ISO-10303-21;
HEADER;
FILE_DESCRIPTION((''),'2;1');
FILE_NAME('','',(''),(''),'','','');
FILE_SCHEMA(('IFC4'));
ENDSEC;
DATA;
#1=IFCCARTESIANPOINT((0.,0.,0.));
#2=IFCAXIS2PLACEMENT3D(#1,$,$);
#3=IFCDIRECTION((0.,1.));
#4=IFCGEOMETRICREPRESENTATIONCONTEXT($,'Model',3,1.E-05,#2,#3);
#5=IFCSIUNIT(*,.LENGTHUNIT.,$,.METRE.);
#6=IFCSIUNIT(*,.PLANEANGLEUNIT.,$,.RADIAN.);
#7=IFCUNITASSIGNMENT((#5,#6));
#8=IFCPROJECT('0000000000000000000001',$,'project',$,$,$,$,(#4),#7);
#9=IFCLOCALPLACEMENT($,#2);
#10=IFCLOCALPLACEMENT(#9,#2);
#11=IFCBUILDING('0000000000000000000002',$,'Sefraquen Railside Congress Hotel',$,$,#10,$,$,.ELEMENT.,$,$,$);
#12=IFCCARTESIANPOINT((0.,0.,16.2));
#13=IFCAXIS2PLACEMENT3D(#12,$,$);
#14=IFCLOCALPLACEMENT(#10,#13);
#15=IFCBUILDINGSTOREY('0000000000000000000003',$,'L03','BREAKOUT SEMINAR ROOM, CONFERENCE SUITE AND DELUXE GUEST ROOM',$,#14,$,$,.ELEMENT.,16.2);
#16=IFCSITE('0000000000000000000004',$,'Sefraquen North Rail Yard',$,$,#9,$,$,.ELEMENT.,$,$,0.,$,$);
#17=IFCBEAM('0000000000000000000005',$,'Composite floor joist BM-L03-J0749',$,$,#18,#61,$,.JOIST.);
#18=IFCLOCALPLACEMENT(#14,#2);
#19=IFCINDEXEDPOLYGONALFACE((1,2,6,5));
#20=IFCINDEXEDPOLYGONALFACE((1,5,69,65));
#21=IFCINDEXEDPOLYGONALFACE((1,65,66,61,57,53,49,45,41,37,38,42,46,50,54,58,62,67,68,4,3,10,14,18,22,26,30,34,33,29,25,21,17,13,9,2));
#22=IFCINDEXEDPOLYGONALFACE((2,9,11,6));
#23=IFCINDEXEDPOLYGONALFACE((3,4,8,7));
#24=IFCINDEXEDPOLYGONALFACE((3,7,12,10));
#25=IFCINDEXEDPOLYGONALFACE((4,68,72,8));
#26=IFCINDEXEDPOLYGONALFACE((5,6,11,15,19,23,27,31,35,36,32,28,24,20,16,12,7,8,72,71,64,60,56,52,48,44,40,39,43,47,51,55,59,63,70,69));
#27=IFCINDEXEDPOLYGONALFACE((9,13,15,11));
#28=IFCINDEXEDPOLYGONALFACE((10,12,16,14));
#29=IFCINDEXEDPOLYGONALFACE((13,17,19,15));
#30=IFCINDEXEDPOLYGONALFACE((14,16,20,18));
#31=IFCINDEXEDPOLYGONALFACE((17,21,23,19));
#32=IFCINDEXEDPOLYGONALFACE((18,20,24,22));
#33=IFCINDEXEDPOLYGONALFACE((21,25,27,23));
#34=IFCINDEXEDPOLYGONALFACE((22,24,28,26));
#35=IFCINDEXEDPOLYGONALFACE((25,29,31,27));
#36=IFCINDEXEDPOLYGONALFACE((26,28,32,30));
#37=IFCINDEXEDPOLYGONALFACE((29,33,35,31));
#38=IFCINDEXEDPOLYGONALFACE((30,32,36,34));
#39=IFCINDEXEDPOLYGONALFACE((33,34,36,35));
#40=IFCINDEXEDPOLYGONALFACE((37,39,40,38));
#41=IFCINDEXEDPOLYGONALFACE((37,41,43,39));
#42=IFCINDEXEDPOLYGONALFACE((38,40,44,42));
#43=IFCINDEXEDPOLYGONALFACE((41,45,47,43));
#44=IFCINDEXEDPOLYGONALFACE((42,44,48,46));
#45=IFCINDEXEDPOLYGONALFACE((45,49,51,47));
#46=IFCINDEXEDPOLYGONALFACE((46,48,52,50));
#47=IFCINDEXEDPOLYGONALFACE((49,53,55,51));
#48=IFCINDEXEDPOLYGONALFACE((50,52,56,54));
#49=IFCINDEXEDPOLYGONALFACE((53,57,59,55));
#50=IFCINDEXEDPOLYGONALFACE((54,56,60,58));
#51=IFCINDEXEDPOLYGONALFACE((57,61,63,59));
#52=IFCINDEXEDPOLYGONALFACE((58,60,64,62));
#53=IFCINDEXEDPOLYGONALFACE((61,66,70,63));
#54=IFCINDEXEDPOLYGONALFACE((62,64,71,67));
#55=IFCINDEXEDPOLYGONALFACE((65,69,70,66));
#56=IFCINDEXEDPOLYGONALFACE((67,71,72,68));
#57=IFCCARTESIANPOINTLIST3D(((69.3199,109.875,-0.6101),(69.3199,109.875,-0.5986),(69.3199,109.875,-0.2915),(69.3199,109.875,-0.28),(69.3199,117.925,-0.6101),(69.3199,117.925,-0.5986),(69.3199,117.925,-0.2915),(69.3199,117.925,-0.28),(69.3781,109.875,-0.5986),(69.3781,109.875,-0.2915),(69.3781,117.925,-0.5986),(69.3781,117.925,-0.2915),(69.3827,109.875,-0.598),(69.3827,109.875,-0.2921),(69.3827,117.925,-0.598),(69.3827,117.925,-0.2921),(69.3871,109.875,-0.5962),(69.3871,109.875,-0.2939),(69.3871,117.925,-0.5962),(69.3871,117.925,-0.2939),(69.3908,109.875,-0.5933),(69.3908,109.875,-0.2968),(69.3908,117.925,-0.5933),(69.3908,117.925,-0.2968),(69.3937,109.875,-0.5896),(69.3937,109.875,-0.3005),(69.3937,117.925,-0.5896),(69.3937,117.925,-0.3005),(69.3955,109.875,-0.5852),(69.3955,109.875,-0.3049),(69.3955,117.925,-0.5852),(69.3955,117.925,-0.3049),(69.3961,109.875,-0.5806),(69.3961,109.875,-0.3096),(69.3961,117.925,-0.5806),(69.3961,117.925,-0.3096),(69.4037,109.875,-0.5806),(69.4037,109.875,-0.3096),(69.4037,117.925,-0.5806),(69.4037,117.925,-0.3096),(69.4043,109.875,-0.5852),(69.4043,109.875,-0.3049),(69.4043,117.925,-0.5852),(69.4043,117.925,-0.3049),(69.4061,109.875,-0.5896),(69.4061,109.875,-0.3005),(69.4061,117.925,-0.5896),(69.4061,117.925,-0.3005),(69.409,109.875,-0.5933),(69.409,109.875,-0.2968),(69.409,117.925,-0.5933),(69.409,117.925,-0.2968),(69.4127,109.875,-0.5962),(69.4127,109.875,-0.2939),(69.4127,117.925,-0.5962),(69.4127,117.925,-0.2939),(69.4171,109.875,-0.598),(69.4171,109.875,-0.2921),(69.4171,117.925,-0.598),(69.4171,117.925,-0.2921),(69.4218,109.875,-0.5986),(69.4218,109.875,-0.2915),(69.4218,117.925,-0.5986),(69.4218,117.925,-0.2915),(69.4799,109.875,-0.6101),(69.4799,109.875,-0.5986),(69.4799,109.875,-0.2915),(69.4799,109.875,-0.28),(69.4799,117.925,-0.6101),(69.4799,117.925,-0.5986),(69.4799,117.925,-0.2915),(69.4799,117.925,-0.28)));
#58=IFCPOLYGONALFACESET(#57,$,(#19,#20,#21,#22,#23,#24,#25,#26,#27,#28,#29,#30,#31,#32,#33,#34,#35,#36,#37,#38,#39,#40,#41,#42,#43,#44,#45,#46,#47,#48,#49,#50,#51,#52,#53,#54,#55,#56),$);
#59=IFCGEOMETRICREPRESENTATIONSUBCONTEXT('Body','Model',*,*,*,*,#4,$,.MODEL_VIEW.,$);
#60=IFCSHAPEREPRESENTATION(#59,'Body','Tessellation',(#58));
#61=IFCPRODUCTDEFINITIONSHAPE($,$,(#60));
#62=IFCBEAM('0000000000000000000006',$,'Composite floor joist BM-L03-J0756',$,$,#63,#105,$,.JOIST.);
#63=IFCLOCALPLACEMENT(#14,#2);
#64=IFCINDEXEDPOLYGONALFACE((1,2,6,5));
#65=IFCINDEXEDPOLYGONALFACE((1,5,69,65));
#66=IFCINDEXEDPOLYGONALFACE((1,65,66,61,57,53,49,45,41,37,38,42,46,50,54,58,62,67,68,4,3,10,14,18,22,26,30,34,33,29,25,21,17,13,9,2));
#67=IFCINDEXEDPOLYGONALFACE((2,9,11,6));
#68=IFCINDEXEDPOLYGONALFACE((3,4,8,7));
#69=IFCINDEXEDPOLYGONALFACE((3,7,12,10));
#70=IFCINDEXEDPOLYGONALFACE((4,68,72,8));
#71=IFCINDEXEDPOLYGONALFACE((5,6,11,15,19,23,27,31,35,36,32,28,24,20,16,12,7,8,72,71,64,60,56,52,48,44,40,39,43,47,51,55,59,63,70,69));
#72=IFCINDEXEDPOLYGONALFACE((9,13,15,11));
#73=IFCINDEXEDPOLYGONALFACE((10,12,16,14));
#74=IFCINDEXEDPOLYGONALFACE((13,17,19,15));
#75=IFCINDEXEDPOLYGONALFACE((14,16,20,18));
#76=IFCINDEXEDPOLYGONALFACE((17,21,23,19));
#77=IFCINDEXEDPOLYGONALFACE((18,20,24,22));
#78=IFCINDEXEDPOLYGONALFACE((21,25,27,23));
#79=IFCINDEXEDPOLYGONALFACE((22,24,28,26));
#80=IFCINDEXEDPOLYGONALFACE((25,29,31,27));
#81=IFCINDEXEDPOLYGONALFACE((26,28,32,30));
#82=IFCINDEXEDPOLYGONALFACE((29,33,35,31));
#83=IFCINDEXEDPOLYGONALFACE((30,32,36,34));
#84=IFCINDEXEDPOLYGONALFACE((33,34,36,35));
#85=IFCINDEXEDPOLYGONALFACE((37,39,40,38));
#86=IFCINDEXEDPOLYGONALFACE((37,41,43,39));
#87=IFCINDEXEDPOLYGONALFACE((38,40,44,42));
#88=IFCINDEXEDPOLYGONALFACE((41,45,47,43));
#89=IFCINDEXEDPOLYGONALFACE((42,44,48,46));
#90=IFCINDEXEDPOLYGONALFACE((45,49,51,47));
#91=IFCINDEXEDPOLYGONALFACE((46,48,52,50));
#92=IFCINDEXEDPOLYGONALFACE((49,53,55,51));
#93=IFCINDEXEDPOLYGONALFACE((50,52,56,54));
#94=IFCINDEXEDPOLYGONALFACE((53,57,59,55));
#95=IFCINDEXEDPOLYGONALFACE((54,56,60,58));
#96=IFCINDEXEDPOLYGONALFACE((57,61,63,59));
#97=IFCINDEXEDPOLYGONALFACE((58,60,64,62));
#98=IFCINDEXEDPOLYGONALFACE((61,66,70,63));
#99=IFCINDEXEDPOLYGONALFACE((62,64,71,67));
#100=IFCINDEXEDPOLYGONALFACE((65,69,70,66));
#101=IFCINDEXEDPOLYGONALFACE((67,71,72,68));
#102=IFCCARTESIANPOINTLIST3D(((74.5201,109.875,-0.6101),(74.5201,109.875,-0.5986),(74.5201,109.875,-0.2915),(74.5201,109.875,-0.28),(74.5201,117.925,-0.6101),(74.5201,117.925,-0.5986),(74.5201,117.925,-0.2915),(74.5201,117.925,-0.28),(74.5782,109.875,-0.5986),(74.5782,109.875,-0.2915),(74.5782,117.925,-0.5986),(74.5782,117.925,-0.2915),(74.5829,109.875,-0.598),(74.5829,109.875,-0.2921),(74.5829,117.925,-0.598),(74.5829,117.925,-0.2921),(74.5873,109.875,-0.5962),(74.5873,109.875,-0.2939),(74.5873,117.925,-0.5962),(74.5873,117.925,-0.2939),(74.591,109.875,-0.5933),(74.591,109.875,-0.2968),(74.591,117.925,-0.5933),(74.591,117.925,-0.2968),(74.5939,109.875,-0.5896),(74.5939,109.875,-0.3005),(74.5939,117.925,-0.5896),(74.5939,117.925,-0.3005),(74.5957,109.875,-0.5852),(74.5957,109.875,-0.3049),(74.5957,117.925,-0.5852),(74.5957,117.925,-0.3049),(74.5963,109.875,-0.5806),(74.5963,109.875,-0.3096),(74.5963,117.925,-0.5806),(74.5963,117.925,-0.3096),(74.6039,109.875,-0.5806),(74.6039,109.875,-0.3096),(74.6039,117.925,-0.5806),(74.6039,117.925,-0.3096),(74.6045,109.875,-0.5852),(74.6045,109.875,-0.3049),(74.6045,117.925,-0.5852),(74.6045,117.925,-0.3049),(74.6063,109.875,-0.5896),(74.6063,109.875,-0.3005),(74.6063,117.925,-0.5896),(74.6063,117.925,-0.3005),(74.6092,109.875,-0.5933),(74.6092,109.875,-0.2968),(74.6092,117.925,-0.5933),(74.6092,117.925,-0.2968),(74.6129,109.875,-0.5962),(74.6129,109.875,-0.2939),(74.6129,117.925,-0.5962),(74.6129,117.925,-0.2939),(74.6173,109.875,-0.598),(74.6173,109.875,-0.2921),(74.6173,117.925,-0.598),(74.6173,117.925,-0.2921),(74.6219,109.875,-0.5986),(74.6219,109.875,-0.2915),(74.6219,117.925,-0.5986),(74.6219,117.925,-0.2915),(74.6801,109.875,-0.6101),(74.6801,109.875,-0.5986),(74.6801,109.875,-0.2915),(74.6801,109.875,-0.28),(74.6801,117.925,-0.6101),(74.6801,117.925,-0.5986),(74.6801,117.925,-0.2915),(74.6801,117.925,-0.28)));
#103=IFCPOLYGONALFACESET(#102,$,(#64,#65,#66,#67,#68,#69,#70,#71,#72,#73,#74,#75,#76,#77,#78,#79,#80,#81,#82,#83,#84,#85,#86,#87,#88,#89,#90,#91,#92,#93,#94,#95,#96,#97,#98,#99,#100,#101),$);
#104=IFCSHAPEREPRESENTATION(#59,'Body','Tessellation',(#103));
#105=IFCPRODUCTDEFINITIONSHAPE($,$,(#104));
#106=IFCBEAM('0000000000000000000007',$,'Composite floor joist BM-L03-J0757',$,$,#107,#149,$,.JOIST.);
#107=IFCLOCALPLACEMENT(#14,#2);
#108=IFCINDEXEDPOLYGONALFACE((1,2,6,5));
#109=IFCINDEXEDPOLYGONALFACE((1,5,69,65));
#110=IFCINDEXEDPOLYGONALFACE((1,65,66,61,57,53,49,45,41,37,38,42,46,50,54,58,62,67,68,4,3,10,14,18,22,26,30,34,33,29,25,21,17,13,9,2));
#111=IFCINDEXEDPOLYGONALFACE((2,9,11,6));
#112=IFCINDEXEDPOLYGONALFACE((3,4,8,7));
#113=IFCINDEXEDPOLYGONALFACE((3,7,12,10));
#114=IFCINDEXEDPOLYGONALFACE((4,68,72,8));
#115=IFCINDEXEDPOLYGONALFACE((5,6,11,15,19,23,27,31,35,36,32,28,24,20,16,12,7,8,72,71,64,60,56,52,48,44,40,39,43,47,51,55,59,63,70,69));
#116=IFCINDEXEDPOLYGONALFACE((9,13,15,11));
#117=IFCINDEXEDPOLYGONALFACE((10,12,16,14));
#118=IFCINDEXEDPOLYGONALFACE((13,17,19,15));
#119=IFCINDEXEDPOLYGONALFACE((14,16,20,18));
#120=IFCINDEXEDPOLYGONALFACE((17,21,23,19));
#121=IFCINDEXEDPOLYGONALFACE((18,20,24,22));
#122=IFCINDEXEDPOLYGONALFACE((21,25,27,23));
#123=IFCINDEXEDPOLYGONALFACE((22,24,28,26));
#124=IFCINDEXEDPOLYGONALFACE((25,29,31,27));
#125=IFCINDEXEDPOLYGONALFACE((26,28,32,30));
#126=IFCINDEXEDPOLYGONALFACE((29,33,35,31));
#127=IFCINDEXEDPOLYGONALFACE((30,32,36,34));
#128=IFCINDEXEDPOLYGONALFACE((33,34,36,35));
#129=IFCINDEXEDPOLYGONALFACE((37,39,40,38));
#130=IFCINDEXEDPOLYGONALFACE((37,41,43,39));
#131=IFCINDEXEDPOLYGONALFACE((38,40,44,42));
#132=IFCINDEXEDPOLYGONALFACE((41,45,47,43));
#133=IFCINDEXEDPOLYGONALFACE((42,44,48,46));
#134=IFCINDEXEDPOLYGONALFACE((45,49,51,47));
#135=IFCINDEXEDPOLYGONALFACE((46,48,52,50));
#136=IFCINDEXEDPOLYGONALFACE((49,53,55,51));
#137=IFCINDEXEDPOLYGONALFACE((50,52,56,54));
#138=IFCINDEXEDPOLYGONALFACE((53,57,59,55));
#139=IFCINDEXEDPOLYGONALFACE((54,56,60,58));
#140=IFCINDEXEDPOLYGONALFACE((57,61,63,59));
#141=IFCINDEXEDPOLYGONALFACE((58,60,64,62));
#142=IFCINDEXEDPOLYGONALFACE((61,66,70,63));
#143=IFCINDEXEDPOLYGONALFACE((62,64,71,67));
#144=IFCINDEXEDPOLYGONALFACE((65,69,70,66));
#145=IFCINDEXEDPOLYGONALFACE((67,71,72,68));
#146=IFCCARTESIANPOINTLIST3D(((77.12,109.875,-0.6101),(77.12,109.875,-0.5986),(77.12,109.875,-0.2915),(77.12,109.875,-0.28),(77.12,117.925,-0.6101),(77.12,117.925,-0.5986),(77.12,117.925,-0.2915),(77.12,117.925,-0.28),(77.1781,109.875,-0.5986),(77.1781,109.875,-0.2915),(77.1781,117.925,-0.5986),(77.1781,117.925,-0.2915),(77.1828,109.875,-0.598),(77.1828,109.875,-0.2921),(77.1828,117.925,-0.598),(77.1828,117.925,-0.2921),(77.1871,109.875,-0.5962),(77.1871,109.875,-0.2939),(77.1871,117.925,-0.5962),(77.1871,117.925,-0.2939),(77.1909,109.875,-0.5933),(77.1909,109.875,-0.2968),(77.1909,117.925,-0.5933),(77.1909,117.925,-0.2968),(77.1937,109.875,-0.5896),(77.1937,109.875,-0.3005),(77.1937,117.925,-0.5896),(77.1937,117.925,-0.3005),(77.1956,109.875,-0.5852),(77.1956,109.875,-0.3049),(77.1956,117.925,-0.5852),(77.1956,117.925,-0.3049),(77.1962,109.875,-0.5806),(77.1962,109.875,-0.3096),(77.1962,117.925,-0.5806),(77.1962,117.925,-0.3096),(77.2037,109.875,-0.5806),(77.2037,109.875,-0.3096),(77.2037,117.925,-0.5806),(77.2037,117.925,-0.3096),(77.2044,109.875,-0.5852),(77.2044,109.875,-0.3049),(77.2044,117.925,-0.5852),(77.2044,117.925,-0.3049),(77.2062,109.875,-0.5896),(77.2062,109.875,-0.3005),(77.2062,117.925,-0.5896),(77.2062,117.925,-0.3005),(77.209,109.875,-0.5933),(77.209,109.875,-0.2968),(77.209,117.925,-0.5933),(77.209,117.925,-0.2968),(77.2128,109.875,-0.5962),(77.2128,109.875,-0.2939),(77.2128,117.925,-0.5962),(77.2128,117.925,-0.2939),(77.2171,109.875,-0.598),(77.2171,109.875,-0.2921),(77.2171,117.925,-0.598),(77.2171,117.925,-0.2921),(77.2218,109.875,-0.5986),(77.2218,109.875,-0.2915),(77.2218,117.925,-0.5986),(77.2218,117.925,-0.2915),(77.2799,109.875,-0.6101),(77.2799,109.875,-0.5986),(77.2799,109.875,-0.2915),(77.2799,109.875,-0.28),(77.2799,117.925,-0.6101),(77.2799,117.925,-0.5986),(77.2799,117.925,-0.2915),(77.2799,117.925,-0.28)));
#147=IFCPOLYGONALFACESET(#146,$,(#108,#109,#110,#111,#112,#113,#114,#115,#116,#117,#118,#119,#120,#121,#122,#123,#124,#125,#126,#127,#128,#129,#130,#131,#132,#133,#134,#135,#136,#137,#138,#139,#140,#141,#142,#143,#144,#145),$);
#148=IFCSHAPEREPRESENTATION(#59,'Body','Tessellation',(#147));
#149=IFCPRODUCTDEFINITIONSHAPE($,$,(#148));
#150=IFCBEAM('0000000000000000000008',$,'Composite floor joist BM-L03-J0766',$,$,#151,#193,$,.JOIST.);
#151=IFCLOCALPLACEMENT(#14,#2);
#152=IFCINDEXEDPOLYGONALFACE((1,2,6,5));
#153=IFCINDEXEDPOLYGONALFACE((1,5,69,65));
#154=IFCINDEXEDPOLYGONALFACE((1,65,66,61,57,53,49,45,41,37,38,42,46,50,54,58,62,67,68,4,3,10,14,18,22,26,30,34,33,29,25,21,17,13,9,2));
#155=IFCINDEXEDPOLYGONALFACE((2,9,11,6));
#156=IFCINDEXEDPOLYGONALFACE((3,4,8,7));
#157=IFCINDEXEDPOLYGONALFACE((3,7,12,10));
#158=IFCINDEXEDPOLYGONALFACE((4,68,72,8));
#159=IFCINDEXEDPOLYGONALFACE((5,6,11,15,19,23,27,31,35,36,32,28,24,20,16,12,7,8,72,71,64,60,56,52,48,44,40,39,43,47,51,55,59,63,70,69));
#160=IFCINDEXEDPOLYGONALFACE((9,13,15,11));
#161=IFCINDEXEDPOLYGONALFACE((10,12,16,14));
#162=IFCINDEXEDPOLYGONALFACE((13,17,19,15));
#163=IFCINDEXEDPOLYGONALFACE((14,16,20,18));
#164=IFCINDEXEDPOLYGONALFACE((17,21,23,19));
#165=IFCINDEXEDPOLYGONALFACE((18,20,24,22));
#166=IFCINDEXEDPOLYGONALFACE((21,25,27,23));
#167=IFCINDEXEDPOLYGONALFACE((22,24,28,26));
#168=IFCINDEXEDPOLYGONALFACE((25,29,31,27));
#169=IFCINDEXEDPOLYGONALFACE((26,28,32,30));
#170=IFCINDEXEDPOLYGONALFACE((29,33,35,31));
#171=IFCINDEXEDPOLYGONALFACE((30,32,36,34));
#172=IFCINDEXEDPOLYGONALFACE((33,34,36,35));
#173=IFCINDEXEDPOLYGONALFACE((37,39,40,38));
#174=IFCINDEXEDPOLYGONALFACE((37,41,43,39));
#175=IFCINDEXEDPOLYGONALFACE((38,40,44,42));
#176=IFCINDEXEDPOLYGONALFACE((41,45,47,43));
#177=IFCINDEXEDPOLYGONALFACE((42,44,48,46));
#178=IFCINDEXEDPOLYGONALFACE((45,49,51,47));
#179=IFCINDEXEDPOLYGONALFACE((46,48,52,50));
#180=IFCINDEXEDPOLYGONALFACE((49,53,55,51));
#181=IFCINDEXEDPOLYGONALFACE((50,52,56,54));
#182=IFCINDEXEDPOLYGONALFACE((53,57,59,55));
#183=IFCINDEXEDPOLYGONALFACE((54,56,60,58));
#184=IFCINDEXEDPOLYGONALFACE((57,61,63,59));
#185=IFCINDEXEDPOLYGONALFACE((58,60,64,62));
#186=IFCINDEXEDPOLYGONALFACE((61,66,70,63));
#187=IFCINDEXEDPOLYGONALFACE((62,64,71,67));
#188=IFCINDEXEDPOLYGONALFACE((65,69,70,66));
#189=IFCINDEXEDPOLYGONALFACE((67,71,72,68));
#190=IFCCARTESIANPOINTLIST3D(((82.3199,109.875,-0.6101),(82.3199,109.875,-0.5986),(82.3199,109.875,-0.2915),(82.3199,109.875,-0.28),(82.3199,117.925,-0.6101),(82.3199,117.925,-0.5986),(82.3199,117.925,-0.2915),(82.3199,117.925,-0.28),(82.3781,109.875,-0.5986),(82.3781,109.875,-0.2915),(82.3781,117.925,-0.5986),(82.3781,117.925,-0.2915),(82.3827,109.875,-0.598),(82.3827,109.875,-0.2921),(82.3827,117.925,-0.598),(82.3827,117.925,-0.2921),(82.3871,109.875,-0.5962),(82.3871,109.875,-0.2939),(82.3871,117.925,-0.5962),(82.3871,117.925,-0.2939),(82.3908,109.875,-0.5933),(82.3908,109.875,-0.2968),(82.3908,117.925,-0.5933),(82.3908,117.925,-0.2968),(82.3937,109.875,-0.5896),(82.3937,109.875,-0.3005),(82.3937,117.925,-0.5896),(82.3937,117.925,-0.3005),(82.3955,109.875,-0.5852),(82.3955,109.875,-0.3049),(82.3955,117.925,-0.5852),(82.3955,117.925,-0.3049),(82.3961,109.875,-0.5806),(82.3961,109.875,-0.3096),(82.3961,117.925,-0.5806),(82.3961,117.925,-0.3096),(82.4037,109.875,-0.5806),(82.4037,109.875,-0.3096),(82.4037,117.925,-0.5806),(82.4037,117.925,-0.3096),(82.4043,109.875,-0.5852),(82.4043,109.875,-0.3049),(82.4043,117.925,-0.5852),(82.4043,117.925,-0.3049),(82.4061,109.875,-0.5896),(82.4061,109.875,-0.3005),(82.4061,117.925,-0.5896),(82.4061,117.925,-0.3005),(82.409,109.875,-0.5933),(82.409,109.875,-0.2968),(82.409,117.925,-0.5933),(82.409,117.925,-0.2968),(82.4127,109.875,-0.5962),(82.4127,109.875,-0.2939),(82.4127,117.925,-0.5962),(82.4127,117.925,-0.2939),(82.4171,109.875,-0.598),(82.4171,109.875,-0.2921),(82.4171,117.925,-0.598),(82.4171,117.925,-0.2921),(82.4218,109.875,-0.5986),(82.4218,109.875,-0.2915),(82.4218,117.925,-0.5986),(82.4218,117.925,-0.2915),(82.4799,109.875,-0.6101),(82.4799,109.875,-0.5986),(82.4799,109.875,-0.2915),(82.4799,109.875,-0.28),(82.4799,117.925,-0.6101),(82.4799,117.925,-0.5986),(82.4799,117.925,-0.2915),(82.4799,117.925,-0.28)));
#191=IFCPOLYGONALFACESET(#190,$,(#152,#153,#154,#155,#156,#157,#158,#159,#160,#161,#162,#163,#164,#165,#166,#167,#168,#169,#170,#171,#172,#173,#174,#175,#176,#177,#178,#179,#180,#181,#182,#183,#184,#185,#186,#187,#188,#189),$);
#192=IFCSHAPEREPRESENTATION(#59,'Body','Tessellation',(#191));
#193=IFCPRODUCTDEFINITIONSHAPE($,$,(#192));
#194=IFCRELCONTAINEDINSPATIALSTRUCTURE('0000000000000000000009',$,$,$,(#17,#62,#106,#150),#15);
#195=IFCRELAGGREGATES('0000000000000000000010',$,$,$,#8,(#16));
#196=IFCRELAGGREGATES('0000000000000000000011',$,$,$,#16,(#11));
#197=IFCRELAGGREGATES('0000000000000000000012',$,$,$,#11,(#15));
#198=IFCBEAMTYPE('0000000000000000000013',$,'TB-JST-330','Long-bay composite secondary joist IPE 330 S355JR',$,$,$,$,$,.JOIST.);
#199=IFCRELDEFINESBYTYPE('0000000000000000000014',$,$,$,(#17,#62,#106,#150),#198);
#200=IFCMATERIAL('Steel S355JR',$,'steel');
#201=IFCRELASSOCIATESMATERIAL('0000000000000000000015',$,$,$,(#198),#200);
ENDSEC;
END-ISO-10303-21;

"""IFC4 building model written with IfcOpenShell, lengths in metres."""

from ifc_helpers import new_model, si_unit, direction, frame, origin, origin_2d, place, context, subcontext, project, spatial, i_section, extrude, material, material_profile, profile_set, type_object, element, save


model = new_model("IFC4")

# Units and contexts
model_context = context("Model", 3, precision=1e-05, world=origin(), true_north=direction((0.0, 1.0)))
body_context = subcontext(model_context, "Body", "Model", "MODEL_VIEW")
ifc_project = project(units=[si_unit("LENGTHUNIT", "METRE"), si_unit("PLANEANGLEUNIT", "RADIAN")], contexts=[model_context])

# Site, building, storey
site_placement = place(None, origin())
site = spatial("IfcSite", under=ifc_project, at=site_placement, Name="Sefraquen North Rail Yard", CompositionType="ELEMENT", RefElevation=0.0)
building_placement = place(site_placement, origin())
building = spatial("IfcBuilding", under=site, at=building_placement, Name="Sefraquen Railside Congress Hotel", CompositionType="ELEMENT")
storey_placement = place(building_placement, frame((0.0, 0.0, 16.2)))
storey = spatial("IfcBuildingStorey", under=building, at=storey_placement, Name="L03", Description="BREAKOUT SEMINAR ROOM, CONFERENCE SUITE AND DELUXE GUEST ROOM", CompositionType="ELEMENT", Elevation=16.2)

# Shared definitions
ifc_material_1 = material(Name="Steel S355JR", Category="steel")

# Beams
ifc_material_profile_1 = material_profile(ifc_material_1, i_section(OverallWidth=0.1599, OverallDepth=0.3301, WebThickness=0.0076, FlangeThickness=0.0115, FilletRadius=0.0181, at=origin_2d()), Name="IPE 330")
ifc_profile_set_1 = profile_set([ifc_material_profile_1], Name="Steel S355JR")
beam_type_1 = type_object("IfcBeamType", Name="TB-JST-330", Description="Long-bay composite secondary joist IPE 330 S355JR", PredefinedType="JOIST", material=ifc_profile_set_1)
for number, where, z_axis, x_axis, name in (
    (1, (69.3999, 109.875, -0.4451), (0.0, 1.0, 0.0), (-1.0, 0.0, 0.0), "Composite floor joist BM-L03-J0749"),
    (2, (74.6001, 109.875, -0.4451), (0.0, 1.0, 0.0), (-1.0, 0.0, 0.0), "Composite floor joist BM-L03-J0756"),
    (3, (77.2, 109.875, -0.4451), (0.0, 1.0, 0.0), (-1.0, 0.0, 0.0), "Composite floor joist BM-L03-J0757"),
    (4, (82.3999, 109.875, -0.4451), (0.0, 1.0, 0.0), (-1.0, 0.0, 0.0), "Composite floor joist BM-L03-J0766"),
):
    element("IfcBeam", number, at=place(storey_placement, frame(where, z_axis=z_axis, x_axis=x_axis)), inside=storey, type_object=beam_type_1, Name=name, PredefinedType="JOIST", context=body_context, shape_type="SweptSolid", body=[
        extrude(i_section(OverallWidth=0.1599, OverallDepth=0.3301, WebThickness=0.0076, FlangeThickness=0.0115, FilletRadius=0.0181, at=origin_2d()), origin(), (0.0, 0.0, 1.0), 8.05),
    ])

save(model, "model.ifc")
